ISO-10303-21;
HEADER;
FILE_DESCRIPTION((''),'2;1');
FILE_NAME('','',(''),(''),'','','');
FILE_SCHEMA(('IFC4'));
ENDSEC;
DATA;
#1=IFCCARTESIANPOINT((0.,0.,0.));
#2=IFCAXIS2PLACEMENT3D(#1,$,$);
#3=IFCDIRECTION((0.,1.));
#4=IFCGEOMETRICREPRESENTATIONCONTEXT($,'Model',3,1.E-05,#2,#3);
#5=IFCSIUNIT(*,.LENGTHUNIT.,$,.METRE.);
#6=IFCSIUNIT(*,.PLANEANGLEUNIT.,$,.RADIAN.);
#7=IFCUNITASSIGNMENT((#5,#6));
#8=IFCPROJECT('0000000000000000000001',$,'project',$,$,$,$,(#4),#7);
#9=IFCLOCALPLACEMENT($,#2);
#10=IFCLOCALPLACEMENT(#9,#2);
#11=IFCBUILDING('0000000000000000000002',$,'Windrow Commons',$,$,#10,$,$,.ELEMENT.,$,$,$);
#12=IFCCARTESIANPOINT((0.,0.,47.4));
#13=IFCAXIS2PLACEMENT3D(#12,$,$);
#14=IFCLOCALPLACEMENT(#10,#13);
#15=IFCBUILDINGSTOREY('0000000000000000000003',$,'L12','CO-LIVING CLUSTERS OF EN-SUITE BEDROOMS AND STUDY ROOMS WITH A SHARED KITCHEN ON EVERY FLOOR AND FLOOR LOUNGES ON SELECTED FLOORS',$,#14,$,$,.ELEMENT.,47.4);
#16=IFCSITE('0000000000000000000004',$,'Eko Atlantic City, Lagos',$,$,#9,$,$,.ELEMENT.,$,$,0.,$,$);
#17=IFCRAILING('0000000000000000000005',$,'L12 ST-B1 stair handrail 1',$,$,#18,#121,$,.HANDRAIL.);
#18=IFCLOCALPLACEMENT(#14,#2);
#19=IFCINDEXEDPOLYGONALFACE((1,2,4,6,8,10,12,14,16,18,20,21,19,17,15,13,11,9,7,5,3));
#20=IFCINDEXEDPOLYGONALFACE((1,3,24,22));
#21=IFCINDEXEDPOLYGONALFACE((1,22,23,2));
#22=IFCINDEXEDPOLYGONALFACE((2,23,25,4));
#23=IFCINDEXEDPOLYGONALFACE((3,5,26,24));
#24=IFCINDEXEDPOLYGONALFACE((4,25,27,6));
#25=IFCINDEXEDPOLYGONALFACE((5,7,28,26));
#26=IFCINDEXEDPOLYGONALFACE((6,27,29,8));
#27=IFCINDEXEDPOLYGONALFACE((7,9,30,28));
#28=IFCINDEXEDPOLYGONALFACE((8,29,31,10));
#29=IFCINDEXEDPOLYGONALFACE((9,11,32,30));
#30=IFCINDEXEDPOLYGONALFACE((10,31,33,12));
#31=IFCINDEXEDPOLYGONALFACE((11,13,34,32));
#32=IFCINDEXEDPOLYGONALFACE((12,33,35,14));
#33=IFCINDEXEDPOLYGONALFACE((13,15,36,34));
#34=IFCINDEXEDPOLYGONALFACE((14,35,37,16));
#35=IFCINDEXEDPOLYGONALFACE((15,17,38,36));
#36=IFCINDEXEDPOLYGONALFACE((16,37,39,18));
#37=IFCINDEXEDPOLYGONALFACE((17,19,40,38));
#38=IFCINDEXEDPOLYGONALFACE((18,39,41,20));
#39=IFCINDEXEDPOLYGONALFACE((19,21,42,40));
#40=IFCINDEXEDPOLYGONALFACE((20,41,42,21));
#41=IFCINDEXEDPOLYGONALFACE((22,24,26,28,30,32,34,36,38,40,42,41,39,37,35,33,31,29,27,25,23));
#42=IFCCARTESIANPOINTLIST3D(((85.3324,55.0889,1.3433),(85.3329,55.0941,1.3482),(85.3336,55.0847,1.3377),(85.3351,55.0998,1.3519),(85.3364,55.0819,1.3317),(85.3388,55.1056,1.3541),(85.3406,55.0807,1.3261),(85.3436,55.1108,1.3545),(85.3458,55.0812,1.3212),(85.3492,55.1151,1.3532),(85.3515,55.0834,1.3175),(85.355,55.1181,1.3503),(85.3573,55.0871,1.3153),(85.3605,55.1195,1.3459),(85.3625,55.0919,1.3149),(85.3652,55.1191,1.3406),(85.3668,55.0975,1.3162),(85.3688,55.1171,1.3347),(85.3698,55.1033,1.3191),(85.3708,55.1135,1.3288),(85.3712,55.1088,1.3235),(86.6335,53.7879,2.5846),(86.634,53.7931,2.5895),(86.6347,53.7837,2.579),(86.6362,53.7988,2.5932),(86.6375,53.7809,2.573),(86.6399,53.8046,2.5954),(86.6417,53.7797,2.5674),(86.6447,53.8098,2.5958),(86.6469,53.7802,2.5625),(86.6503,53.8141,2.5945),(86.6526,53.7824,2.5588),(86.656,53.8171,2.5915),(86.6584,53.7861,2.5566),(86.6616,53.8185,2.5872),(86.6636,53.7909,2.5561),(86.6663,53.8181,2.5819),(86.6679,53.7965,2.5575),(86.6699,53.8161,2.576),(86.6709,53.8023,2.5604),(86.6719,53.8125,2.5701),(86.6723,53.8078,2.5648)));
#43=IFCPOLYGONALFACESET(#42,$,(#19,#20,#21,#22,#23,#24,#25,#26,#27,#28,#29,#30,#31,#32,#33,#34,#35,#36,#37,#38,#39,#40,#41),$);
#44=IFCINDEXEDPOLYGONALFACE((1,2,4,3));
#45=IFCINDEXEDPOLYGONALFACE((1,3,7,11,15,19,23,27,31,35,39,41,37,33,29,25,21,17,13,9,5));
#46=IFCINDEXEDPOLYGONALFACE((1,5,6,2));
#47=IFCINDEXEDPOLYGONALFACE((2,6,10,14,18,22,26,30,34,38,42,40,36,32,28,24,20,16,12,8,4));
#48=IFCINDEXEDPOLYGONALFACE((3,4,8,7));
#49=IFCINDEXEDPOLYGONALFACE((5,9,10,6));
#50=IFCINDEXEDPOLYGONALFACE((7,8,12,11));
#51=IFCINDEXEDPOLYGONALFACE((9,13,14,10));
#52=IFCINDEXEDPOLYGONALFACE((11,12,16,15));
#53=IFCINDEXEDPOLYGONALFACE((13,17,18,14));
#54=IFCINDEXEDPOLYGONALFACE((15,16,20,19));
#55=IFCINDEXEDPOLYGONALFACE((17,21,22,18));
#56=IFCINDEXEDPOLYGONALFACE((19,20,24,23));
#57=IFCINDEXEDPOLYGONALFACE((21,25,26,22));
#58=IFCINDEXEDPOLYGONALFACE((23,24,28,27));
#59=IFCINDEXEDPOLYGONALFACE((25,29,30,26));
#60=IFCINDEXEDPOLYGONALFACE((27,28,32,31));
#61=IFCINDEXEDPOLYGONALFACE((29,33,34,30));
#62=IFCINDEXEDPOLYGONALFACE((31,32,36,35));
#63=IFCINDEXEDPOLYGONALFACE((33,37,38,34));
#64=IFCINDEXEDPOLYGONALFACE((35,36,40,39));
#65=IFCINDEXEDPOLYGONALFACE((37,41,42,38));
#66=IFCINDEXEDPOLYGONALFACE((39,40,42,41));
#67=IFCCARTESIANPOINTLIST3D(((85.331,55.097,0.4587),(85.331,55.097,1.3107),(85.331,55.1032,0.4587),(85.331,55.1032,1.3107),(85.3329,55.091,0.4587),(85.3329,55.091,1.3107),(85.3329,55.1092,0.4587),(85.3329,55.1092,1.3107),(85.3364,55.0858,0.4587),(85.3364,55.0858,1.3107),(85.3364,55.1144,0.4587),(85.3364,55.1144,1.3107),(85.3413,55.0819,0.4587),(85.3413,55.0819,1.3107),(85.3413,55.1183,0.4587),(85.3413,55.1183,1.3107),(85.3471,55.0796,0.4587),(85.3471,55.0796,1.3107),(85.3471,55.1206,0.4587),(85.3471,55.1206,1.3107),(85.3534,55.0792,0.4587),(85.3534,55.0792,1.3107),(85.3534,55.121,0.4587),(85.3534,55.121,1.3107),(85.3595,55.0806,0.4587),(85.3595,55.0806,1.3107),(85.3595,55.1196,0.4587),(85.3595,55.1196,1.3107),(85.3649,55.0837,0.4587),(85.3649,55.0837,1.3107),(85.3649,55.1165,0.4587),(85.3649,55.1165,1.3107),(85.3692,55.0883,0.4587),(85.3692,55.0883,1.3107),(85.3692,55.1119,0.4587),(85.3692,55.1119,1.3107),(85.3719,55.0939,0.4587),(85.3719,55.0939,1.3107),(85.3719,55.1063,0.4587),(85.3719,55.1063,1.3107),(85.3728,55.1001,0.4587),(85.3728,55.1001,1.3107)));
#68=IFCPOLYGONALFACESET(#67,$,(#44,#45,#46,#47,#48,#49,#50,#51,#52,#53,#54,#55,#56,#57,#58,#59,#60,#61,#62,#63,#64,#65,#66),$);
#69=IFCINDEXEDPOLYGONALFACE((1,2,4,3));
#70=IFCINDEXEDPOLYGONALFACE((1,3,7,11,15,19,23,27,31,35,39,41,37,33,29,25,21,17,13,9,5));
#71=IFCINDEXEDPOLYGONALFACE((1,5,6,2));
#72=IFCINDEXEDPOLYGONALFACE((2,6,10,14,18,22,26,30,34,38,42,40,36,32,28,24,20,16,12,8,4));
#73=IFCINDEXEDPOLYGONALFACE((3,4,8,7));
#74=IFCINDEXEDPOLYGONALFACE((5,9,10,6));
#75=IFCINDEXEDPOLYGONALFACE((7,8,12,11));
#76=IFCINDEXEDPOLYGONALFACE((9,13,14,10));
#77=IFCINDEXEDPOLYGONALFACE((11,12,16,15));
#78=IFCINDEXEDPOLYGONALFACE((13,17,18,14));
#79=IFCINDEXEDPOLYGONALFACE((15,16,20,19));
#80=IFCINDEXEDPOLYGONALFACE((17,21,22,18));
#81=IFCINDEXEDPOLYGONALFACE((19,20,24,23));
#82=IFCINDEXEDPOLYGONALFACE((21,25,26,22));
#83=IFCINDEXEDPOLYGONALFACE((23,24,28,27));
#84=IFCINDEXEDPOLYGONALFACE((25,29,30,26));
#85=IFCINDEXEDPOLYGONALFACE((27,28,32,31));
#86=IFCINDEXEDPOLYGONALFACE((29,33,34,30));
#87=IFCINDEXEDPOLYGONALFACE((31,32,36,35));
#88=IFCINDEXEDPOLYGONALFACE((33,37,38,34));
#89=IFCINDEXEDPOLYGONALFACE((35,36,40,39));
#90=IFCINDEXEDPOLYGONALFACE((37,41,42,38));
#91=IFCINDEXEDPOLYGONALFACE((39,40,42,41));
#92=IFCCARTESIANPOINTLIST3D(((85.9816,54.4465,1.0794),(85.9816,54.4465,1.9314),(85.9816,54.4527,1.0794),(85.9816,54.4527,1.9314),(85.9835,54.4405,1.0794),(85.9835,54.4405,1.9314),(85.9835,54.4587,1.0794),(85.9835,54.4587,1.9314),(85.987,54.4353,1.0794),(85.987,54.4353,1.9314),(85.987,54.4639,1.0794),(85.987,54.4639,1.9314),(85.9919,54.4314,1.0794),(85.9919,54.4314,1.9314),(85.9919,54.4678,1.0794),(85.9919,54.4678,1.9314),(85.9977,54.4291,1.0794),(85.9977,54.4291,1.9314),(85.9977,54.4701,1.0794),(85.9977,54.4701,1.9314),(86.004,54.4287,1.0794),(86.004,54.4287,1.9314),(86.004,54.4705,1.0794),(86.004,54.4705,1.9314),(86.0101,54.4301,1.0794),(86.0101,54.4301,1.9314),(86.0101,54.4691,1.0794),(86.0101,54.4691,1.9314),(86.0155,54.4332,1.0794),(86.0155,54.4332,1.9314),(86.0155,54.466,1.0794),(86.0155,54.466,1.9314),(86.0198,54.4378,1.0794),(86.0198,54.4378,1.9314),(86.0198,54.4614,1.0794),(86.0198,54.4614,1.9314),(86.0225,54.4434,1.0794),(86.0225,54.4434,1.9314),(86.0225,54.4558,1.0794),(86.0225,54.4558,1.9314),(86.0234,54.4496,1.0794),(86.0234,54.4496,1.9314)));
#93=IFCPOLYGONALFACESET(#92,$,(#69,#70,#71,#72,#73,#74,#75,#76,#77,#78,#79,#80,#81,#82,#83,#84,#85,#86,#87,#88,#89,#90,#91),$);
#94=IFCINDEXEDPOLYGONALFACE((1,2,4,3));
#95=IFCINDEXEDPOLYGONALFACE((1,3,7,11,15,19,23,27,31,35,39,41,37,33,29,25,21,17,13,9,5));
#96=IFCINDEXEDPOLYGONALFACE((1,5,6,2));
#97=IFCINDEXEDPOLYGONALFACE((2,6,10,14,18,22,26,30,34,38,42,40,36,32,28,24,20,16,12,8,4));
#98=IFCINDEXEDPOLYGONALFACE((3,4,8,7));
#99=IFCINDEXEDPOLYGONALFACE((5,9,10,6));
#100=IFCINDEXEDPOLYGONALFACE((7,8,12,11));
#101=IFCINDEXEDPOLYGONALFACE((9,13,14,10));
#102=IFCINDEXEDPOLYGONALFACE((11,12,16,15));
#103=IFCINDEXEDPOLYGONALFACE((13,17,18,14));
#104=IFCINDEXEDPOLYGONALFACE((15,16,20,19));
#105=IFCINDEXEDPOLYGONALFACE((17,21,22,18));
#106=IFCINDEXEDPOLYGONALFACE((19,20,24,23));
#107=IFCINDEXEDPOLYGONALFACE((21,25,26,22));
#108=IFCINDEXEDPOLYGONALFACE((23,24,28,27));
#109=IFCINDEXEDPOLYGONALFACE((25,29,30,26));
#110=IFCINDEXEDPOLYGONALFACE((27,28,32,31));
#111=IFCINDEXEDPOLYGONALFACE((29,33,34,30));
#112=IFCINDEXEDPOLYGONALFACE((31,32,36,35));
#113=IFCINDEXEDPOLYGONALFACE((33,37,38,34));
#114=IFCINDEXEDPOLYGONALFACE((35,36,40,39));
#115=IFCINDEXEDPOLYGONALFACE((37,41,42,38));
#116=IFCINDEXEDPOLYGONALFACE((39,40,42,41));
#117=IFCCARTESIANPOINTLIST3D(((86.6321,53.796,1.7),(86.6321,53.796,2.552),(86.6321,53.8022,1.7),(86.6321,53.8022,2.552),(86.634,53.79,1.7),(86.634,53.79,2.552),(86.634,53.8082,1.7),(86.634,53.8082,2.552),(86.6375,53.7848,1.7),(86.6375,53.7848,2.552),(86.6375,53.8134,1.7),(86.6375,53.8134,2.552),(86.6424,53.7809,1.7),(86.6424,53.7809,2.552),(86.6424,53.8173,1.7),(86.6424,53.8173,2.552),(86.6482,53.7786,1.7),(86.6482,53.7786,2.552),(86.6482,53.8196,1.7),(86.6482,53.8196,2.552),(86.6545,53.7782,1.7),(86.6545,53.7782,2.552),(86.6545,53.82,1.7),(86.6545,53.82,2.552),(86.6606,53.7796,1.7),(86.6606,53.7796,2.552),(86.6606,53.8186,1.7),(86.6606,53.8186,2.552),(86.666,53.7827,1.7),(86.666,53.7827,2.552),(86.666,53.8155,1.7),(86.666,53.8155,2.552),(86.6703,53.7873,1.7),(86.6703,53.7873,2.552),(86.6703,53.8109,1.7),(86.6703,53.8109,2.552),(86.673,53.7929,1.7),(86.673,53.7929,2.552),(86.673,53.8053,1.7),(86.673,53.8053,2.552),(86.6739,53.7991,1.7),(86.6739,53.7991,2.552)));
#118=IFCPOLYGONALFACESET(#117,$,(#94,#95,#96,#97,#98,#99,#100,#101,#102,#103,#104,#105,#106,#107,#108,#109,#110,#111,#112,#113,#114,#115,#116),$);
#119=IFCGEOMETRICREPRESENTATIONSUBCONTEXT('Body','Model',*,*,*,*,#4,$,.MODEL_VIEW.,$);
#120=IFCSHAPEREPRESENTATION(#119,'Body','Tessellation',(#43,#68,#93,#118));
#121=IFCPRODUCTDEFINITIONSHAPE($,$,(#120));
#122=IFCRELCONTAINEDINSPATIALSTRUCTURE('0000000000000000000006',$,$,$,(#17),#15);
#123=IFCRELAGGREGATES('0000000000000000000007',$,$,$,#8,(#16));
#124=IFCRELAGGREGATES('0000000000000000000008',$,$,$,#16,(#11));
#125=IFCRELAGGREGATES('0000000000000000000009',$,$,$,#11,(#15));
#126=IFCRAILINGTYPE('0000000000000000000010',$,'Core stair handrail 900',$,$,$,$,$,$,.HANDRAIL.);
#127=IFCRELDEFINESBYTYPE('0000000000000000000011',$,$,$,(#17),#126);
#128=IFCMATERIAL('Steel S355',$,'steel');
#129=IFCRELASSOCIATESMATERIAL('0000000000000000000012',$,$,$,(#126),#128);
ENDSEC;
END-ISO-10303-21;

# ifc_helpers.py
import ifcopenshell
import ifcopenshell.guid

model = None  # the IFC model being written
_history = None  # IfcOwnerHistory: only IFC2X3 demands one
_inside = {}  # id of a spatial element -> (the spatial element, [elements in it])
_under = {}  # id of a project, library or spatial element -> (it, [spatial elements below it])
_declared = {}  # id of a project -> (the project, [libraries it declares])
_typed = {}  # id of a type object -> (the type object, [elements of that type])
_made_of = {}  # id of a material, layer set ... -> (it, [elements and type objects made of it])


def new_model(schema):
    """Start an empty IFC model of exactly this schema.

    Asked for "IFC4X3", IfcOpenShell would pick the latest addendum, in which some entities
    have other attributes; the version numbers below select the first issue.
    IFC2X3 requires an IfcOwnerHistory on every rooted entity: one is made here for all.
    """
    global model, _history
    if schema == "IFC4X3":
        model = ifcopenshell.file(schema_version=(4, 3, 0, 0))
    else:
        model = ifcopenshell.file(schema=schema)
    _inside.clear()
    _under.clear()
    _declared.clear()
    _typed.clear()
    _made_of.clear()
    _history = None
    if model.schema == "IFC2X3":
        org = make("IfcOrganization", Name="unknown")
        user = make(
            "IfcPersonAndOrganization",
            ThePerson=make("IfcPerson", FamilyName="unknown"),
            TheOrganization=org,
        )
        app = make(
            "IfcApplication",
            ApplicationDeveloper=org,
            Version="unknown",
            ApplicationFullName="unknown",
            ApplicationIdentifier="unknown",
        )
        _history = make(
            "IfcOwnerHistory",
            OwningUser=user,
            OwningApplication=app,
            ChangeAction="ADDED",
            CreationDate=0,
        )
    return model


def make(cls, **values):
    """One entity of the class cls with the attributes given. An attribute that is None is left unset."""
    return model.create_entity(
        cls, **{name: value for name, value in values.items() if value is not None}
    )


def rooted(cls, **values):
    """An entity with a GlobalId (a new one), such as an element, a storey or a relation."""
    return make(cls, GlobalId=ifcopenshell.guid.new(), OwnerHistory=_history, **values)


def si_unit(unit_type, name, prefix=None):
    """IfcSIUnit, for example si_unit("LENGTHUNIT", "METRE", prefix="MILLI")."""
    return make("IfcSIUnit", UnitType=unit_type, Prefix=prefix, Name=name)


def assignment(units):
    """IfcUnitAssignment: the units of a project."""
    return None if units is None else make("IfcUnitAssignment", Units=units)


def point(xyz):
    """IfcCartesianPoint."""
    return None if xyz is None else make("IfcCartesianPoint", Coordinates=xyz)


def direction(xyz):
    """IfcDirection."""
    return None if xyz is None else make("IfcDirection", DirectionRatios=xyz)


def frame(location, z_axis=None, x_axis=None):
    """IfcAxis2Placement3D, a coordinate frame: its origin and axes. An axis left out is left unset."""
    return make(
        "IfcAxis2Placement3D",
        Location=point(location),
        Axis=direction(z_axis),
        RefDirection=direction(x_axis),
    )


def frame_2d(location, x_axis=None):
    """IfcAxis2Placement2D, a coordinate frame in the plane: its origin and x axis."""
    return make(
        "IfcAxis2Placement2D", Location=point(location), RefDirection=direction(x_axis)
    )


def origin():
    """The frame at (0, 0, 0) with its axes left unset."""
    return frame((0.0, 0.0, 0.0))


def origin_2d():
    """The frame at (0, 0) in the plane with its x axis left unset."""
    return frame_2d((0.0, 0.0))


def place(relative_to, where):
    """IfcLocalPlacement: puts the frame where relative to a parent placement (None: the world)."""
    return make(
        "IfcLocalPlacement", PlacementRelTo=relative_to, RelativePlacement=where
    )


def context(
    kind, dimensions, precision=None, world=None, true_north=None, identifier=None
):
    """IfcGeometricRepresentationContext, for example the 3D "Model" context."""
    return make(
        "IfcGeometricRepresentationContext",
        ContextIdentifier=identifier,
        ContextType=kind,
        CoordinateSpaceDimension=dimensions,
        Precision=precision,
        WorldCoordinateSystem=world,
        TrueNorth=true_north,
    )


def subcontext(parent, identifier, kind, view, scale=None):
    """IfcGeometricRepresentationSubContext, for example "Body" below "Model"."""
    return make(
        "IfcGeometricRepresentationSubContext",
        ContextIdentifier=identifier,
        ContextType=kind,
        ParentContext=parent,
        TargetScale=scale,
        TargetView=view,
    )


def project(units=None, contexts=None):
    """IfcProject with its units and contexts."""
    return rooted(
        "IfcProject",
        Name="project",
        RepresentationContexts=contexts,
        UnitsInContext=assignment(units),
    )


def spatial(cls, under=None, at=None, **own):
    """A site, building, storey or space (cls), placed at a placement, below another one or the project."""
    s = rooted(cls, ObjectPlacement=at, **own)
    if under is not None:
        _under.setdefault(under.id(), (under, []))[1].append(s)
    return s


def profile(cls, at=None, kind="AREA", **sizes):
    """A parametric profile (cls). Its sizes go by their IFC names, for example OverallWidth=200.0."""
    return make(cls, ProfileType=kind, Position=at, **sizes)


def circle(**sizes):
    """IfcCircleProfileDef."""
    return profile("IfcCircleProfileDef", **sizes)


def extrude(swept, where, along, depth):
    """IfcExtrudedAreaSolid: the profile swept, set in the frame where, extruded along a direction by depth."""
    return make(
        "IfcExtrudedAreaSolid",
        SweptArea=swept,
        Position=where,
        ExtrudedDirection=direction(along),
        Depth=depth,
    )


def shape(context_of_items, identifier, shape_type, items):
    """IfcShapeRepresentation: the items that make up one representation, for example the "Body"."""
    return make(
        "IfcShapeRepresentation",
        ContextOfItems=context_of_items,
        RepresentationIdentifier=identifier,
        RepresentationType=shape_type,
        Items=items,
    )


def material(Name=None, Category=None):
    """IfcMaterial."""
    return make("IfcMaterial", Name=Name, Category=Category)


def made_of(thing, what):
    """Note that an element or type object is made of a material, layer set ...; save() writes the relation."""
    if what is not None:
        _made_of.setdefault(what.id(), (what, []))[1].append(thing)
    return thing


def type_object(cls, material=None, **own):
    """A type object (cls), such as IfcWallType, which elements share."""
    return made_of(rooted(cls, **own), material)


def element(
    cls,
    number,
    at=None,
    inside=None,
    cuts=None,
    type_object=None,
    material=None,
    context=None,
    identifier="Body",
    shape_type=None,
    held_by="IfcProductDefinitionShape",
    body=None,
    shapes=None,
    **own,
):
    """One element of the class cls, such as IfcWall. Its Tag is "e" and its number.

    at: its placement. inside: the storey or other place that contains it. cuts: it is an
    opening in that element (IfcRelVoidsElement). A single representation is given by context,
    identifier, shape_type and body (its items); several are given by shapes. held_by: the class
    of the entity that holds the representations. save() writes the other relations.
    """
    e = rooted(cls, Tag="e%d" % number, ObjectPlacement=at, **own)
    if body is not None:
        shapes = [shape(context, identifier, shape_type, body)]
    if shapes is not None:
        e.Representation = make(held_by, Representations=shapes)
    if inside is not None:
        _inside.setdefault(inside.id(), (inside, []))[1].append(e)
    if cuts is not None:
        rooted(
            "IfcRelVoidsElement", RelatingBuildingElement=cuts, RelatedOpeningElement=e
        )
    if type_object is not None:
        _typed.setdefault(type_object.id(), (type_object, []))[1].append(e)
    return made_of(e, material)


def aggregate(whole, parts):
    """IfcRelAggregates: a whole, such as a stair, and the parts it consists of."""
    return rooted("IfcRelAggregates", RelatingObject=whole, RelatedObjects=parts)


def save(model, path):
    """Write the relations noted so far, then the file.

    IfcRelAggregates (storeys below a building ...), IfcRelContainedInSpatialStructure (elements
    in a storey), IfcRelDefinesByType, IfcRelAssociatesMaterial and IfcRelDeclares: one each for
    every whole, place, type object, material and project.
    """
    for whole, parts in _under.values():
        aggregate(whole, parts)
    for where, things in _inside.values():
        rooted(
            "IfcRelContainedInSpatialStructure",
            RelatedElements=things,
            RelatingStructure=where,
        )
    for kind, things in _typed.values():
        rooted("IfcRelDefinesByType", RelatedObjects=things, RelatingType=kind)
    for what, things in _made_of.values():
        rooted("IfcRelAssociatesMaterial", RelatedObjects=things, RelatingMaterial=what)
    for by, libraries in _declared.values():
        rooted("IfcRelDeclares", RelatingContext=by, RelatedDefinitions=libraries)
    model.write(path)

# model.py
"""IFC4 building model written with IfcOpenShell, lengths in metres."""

from ifc_helpers import new_model, si_unit, direction, frame, origin, origin_2d, place, context, subcontext, project, spatial, circle, extrude, material, type_object, element, save


model = new_model("IFC4")

# Units and contexts
model_context = context("Model", 3, precision=1e-05, world=origin(), true_north=direction((0.0, 1.0)))
body_context = subcontext(model_context, "Body", "Model", "MODEL_VIEW")
ifc_project = project(units=[si_unit("LENGTHUNIT", "METRE"), si_unit("PLANEANGLEUNIT", "RADIAN")], contexts=[model_context])

# Site, building, storey
site_placement = place(None, origin())
site = spatial("IfcSite", under=ifc_project, at=site_placement, Name="Eko Atlantic City, Lagos", CompositionType="ELEMENT", RefElevation=0.0)
building_placement = place(site_placement, origin())
building = spatial("IfcBuilding", under=site, at=building_placement, Name="Windrow Commons", CompositionType="ELEMENT")
storey_placement = place(building_placement, frame((0.0, 0.0, 47.4)))
storey = spatial("IfcBuildingStorey", under=building, at=storey_placement, Name="L12", Description="CO-LIVING CLUSTERS OF EN-SUITE BEDROOMS AND STUDY ROOMS WITH A SHARED KITCHEN ON EVERY FLOOR AND FLOOR LOUNGES ON SELECTED FLOORS", CompositionType="ELEMENT", Elevation=47.4)

# Railing
ifc_material_1 = material(Name="Steel S355", Category="steel")
railing_type_1 = type_object("IfcRailingType", Name="Core stair handrail 900", PredefinedType="HANDRAIL", material=ifc_material_1)
railing_1_placement = place(storey_placement, frame((85.3518, 55.1001, 0.4587)))
element("IfcRailing", 1, at=railing_1_placement, inside=storey, type_object=railing_type_1, Name="L12 ST-B1 stair handrail 1", PredefinedType="HANDRAIL", context=body_context, shape_type="SweptSolid", body=[
    extrude(circle(Radius=0.024, at=origin_2d()), frame((0.0, 0.0, 0.876), z_axis=(0.586207, -0.586162, 0.559264), x_axis=(0.70708, 0.707134, 0.0)), (0.0, 0.0, 1.0), 2.2195),
    extrude(circle(Radius=0.021, at=origin_2d()), origin(), (0.0, 0.0, 1.0), 0.852),
    extrude(circle(Radius=0.021, at=origin_2d()), frame((0.6506, -0.6505, 0.6207)), (0.0, 0.0, 1.0), 0.852),
    extrude(circle(Radius=0.021, at=origin_2d()), frame((1.3011, -1.301, 1.2413)), (0.0, 0.0, 1.0), 0.852),
])

save(model, "model.ifc")
